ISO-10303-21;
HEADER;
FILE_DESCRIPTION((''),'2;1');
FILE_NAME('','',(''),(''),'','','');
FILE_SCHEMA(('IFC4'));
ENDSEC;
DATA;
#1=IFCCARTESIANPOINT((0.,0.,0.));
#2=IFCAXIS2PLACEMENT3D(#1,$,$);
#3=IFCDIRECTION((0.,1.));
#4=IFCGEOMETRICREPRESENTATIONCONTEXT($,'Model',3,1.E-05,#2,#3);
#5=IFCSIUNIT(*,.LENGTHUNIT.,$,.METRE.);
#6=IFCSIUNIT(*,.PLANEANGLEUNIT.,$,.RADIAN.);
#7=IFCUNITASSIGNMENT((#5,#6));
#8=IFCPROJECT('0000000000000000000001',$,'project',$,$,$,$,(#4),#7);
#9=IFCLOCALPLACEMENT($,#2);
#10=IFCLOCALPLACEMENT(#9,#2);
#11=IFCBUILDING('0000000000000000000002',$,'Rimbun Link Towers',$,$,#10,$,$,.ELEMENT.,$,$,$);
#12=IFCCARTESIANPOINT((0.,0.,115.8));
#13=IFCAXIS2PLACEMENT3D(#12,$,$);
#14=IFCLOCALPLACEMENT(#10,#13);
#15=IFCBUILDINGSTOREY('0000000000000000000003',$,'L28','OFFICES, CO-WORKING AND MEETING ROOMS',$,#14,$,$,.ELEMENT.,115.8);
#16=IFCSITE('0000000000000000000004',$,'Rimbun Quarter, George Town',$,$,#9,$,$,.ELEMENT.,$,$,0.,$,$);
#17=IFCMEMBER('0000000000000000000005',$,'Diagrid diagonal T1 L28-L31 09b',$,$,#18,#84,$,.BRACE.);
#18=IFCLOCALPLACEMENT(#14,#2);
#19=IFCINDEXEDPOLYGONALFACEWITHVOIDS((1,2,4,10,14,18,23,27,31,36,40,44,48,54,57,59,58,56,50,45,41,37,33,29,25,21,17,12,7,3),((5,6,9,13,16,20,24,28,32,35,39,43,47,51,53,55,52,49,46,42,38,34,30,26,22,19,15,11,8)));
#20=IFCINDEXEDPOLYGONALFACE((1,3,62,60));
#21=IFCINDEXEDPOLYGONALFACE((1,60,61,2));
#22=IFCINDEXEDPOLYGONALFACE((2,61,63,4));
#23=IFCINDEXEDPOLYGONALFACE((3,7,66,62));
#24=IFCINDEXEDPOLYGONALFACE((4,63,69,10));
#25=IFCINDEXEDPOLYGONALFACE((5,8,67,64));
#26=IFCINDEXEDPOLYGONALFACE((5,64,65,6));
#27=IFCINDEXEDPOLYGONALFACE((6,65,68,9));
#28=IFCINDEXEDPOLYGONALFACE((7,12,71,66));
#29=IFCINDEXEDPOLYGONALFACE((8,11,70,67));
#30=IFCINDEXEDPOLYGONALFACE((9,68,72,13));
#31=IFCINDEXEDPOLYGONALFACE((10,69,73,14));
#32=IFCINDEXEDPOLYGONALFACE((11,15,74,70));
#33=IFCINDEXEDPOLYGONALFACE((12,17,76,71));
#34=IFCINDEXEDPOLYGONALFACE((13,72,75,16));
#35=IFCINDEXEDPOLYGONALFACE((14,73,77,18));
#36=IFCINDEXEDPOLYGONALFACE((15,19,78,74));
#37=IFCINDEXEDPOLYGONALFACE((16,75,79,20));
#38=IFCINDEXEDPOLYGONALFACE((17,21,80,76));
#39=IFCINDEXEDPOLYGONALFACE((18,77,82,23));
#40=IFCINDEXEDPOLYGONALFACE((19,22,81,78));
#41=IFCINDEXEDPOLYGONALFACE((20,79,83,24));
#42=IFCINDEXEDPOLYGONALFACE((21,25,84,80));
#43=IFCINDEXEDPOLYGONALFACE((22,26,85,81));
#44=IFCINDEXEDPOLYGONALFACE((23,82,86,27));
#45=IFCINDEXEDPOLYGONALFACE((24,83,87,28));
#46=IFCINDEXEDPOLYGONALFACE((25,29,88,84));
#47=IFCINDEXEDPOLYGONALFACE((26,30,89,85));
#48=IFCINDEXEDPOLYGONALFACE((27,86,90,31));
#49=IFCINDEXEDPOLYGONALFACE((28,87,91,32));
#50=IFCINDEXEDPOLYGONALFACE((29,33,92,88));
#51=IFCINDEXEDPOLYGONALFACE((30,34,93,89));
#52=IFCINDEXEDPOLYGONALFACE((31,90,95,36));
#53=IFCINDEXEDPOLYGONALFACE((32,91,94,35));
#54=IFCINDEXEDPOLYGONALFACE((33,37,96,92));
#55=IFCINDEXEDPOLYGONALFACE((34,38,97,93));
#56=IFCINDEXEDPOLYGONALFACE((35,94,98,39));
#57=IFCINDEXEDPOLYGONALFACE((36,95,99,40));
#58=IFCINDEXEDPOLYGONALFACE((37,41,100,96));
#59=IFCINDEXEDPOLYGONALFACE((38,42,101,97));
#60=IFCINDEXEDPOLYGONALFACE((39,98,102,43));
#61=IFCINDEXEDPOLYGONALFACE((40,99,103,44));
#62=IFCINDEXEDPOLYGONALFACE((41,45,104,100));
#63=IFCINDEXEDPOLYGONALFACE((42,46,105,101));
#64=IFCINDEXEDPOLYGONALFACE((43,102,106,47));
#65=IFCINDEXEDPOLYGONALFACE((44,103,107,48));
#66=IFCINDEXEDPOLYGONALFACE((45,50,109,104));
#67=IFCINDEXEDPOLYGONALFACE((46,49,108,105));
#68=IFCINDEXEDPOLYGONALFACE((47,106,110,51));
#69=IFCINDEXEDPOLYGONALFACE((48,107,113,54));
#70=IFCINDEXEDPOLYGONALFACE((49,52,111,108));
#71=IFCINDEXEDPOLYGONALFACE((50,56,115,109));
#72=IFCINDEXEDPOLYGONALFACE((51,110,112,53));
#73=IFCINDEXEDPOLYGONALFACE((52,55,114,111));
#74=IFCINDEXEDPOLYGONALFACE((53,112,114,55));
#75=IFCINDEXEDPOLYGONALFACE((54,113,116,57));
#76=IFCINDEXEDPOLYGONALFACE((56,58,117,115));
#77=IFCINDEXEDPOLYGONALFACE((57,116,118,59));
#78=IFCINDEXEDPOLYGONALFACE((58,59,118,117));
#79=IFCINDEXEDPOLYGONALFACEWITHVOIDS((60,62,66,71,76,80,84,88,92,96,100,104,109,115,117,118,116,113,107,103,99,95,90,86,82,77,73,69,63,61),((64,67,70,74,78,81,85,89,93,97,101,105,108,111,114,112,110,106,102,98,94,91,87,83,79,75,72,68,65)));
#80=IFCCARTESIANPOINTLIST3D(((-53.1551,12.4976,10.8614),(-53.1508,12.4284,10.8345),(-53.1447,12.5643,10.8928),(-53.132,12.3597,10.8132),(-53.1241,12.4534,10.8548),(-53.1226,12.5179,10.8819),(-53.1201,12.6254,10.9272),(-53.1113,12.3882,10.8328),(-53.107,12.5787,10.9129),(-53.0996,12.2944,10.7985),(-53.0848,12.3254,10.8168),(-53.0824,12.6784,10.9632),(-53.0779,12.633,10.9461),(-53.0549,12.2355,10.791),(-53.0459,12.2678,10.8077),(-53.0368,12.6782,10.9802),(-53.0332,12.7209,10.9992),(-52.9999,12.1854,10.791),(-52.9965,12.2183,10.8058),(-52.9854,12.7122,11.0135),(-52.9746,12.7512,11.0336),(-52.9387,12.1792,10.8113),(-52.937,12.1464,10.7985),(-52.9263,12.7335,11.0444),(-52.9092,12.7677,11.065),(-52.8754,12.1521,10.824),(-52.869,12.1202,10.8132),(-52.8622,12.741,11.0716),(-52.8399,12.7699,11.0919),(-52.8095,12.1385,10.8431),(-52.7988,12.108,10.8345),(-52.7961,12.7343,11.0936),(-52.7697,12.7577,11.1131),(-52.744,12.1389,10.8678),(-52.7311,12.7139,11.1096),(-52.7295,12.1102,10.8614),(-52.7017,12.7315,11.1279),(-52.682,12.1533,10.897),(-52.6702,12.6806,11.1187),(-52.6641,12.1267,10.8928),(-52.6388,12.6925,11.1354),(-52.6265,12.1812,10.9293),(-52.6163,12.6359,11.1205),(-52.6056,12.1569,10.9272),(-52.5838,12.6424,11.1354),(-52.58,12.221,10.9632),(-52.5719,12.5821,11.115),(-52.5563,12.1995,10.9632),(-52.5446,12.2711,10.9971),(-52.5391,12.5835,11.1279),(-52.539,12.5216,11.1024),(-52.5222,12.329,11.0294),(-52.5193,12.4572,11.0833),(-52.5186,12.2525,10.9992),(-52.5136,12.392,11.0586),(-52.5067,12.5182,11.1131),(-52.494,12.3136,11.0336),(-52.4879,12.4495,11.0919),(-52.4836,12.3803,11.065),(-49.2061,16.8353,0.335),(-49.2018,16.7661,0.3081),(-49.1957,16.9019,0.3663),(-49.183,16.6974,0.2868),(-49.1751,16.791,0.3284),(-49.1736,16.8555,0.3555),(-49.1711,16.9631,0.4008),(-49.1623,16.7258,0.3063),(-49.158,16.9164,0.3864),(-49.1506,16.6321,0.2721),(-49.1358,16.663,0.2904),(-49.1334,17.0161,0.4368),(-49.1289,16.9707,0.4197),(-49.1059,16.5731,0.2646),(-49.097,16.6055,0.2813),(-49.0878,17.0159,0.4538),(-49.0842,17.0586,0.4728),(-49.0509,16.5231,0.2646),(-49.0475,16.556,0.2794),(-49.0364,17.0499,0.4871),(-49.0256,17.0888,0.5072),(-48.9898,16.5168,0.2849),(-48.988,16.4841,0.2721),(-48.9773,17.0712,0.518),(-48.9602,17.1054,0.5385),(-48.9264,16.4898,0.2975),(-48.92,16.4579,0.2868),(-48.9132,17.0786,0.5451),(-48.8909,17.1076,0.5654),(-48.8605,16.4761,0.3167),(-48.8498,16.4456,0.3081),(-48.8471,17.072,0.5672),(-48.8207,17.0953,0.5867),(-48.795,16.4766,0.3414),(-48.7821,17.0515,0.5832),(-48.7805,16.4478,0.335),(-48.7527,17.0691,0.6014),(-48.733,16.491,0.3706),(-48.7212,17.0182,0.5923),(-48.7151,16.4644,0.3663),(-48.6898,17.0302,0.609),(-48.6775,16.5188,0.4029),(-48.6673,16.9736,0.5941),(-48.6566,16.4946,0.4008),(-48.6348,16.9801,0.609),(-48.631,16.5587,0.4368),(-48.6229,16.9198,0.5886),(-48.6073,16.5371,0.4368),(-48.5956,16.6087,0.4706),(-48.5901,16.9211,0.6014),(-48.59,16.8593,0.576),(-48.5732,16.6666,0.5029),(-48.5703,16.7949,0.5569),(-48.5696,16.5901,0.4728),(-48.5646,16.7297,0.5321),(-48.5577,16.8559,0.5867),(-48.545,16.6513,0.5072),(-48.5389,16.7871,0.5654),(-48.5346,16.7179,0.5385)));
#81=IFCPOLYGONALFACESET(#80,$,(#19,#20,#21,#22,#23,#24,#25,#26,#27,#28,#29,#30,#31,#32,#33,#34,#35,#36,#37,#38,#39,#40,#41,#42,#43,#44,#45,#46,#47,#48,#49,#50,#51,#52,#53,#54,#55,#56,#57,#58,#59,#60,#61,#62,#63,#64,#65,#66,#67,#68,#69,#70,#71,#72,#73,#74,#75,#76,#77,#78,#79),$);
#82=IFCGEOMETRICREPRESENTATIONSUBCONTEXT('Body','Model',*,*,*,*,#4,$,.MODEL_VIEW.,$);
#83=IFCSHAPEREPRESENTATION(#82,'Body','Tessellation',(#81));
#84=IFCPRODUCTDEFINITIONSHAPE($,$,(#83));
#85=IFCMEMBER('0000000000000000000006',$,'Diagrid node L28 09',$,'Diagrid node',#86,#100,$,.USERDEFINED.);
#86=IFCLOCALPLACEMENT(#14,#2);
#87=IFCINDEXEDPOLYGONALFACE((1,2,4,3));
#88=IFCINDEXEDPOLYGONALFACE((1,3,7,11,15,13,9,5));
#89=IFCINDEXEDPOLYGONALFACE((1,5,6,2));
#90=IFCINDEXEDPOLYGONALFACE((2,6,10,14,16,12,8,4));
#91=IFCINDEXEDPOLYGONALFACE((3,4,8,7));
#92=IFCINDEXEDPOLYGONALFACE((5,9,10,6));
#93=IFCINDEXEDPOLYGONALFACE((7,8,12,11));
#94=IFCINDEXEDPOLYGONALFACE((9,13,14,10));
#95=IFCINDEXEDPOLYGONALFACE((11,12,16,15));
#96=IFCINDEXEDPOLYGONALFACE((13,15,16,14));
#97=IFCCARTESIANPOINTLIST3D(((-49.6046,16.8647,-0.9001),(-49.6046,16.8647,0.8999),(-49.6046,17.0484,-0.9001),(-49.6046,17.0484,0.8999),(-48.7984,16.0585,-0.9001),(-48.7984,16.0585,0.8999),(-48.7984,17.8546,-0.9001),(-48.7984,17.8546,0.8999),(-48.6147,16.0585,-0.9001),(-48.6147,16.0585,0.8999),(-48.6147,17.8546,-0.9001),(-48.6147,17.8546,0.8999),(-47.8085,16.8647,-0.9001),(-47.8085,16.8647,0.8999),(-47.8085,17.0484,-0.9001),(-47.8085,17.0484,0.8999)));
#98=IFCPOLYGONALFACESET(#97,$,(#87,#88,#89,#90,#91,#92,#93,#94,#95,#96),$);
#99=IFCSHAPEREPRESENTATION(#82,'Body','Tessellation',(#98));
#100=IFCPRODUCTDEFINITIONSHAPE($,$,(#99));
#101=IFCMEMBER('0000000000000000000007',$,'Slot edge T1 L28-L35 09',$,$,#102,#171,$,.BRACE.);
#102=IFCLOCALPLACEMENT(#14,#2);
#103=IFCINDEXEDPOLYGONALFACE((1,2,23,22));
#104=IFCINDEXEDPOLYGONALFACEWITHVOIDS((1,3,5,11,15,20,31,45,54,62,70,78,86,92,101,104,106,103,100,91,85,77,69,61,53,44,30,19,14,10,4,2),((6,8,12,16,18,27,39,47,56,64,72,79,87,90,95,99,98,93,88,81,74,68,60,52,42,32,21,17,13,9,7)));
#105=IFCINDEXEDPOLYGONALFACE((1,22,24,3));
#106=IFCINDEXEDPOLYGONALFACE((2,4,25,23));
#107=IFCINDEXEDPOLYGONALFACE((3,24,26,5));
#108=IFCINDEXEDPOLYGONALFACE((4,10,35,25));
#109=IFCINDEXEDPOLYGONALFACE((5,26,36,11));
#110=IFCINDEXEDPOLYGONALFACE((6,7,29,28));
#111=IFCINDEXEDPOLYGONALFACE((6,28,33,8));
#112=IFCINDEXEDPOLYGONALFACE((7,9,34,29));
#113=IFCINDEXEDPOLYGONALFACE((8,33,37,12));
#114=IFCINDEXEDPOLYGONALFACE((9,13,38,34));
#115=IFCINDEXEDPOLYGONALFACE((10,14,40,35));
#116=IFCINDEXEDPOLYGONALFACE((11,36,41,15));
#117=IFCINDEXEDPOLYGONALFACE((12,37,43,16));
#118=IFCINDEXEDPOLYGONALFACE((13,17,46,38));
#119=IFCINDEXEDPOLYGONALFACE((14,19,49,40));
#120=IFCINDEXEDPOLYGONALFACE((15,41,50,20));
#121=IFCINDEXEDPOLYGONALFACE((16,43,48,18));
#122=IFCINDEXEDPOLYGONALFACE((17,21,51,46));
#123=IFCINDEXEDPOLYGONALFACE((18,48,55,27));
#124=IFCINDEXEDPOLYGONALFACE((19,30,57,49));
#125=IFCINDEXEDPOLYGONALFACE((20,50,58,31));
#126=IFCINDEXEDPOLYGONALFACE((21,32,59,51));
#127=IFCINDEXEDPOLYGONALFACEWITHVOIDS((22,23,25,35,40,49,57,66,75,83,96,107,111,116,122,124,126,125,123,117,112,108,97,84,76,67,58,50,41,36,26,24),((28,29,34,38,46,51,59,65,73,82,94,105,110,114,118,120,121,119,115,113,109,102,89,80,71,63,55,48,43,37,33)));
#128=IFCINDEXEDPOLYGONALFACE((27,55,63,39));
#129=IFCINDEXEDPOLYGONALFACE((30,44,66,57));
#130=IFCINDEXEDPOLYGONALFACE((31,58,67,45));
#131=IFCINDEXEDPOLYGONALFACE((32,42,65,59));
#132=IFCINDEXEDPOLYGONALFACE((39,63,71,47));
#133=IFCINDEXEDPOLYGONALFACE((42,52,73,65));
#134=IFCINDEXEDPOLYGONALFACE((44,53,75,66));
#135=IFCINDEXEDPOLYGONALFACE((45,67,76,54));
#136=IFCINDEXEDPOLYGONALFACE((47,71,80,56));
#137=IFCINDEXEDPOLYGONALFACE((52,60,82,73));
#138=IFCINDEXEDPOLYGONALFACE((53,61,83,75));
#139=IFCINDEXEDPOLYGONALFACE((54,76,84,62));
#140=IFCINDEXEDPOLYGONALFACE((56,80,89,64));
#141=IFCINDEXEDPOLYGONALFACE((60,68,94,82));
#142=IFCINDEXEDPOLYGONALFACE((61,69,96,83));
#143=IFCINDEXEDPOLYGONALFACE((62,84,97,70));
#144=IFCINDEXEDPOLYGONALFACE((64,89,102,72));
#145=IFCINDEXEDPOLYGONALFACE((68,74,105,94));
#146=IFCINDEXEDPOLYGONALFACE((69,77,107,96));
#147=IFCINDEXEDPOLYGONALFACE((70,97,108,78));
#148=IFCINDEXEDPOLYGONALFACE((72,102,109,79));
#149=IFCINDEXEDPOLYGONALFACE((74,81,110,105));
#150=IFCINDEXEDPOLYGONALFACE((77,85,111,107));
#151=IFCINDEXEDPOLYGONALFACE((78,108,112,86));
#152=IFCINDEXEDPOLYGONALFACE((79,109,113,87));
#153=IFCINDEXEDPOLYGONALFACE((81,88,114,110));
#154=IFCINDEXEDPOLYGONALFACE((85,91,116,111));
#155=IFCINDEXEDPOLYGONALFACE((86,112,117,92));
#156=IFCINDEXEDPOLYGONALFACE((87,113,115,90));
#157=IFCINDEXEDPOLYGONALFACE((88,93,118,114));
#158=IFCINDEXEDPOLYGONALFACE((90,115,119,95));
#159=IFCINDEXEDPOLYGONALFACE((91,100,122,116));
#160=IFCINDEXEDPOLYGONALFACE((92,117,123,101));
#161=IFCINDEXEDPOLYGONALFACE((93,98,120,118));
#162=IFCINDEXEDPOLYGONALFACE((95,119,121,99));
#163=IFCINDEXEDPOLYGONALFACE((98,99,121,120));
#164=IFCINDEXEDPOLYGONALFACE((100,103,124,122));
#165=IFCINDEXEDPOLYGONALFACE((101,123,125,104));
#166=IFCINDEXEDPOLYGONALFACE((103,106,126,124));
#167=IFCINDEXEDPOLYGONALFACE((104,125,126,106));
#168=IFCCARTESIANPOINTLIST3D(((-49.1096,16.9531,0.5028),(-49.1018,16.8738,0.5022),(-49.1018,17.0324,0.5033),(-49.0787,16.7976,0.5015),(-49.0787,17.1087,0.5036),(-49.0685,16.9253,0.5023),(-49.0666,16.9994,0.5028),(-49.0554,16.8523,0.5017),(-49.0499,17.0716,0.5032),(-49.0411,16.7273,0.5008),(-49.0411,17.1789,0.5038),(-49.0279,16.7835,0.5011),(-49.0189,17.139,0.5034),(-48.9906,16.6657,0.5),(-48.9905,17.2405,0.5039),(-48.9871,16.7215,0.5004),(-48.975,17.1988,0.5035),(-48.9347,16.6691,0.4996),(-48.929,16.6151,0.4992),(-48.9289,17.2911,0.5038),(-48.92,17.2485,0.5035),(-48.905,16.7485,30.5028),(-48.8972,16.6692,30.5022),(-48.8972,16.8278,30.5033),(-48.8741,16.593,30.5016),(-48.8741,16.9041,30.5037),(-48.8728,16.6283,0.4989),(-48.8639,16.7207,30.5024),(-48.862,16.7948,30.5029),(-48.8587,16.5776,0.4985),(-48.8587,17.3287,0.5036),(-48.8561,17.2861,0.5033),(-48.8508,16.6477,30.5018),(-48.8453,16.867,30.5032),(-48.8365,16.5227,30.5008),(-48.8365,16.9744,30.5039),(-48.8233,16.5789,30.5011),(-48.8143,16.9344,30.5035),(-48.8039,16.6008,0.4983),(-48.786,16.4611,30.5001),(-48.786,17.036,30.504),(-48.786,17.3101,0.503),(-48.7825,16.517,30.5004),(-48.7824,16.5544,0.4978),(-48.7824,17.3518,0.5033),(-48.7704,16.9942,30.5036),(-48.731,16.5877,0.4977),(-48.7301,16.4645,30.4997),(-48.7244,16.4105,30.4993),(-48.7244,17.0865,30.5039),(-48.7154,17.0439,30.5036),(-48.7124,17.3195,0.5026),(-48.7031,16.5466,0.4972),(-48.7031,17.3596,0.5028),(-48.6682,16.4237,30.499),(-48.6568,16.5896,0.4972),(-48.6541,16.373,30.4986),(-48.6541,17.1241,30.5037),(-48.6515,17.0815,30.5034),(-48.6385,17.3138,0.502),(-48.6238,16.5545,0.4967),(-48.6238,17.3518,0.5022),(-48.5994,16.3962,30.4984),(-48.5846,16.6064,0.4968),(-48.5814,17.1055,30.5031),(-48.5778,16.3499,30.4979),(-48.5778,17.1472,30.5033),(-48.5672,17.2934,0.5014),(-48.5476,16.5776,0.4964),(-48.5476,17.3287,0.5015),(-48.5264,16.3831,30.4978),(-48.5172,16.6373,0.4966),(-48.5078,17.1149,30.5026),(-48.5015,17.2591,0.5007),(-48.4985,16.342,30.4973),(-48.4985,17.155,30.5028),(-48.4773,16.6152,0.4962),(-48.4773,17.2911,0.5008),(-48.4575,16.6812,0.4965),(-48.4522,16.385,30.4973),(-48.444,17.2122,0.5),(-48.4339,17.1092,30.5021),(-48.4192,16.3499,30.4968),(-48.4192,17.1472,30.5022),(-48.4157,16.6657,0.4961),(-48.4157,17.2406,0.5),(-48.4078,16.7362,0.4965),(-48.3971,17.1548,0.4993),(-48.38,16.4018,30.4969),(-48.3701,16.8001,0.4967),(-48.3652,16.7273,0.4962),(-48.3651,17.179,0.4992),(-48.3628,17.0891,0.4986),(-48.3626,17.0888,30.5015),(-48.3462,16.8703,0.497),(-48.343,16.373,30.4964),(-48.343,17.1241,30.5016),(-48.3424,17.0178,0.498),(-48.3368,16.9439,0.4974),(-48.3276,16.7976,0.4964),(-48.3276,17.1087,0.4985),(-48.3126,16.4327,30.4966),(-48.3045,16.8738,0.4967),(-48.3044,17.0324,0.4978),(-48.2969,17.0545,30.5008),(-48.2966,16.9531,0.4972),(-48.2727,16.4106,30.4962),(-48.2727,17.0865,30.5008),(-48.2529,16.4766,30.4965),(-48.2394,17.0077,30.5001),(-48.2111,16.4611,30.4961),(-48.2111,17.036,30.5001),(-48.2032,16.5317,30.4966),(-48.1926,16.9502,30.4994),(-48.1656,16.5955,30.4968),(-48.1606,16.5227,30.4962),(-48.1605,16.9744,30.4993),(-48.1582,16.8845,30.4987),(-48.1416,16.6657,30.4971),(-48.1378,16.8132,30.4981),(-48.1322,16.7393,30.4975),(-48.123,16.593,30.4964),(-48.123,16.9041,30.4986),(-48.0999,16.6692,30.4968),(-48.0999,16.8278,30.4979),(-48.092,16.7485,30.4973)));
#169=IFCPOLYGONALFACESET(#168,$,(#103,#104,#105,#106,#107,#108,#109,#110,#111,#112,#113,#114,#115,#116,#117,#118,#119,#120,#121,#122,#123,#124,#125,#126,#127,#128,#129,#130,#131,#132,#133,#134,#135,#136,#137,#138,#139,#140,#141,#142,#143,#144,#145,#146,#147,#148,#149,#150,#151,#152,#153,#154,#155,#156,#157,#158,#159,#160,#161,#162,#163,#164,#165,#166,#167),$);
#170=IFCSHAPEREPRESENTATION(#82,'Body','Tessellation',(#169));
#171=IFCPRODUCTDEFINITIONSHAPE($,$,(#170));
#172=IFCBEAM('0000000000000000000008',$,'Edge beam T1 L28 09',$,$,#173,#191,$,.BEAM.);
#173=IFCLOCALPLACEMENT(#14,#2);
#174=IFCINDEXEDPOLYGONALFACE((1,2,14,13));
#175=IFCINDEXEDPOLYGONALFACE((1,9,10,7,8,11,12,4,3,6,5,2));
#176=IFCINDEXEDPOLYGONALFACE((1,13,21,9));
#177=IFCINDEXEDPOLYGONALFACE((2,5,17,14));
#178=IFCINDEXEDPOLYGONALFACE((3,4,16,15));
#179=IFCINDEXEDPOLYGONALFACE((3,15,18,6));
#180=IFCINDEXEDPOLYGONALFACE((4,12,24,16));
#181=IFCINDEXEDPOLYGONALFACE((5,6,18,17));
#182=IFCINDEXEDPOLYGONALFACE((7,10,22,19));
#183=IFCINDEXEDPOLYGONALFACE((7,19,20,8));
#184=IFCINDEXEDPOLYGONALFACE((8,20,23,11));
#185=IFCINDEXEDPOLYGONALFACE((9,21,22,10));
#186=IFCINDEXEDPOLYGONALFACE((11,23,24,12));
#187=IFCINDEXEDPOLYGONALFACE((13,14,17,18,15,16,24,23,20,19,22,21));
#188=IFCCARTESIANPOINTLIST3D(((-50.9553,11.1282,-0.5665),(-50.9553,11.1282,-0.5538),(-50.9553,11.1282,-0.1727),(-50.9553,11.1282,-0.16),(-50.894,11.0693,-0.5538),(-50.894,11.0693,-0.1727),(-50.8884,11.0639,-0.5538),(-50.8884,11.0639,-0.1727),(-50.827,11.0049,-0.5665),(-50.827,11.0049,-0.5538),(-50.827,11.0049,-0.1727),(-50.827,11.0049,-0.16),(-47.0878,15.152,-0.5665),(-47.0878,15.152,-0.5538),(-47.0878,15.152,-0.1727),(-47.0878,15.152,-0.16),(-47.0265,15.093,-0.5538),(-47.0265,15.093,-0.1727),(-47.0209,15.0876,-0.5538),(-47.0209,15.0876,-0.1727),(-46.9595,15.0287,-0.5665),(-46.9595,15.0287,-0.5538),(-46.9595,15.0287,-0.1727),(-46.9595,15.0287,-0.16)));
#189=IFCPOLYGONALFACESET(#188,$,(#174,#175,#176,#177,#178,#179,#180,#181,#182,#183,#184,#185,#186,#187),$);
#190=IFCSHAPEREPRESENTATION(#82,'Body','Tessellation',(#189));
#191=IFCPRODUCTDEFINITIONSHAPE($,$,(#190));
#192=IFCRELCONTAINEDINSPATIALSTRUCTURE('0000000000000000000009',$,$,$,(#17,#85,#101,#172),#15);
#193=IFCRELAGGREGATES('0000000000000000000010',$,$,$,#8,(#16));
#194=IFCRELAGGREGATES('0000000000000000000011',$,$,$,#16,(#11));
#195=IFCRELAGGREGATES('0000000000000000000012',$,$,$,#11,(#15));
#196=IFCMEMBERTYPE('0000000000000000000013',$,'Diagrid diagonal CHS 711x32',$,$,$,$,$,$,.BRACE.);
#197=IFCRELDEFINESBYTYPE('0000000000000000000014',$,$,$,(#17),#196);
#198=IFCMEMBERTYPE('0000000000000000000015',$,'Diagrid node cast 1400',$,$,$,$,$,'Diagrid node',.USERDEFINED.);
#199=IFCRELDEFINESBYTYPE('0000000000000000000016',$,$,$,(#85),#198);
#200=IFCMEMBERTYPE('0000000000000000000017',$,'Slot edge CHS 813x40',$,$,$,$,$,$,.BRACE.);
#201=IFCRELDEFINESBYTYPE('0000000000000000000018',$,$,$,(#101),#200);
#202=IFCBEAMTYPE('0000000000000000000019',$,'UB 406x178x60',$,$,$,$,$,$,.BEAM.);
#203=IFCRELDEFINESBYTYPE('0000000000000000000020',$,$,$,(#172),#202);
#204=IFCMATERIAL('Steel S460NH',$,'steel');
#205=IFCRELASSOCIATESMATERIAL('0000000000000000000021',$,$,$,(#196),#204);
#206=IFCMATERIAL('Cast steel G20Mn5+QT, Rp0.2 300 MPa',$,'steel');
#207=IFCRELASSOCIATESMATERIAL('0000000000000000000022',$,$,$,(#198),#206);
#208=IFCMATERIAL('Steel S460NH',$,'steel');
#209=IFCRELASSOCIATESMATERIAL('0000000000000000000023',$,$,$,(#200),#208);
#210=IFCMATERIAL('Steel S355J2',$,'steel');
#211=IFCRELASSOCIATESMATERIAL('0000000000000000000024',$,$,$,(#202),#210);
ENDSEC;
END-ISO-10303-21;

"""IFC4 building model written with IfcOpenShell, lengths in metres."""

from ifc_helpers import new_model, si_unit, direction, frame, origin, origin_2d, place, context, subcontext, project, spatial, polyline, hollow_circle, i_section, outline, extrude, material, material_profile, profile_set, type_object, element, save


model = new_model("IFC4")

# Units and contexts
model_context = context("Model", 3, precision=1e-05, world=origin(), true_north=direction((0.0, 1.0)))
body_context = subcontext(model_context, "Body", "Model", "MODEL_VIEW")
ifc_project = project(units=[si_unit("LENGTHUNIT", "METRE"), si_unit("PLANEANGLEUNIT", "RADIAN")], contexts=[model_context])

# Site, building, storey
site_placement = place(None, origin())
site = spatial("IfcSite", under=ifc_project, at=site_placement, Name="Rimbun Quarter, George Town", CompositionType="ELEMENT", RefElevation=0.0)
building_placement = place(site_placement, origin())
building = spatial("IfcBuilding", under=site, at=building_placement, Name="Rimbun Link Towers", CompositionType="ELEMENT")
storey_placement = place(building_placement, frame((0.0, 0.0, 115.8)))
storey = spatial("IfcBuildingStorey", under=building, at=storey_placement, Name="L28", Description="OFFICES, CO-WORKING AND MEETING ROOMS", CompositionType="ELEMENT", Elevation=115.8)

# Members
ifc_material_1 = material(Name="Steel S460NH", Category="steel")
ifc_material_profile_1 = material_profile(ifc_material_1, hollow_circle(Radius=0.3557, WallThickness=0.032, at=origin_2d()), Name="Diagrid diagonal CHS 711x32")
ifc_profile_set_1 = profile_set([ifc_material_profile_1], Name="Steel S460NH")
member_type_1 = type_object("IfcMemberType", Name="Diagrid diagonal CHS 711x32", PredefinedType="BRACE", material=ifc_profile_set_1)
member_1_placement = place(storey_placement, frame((-48.8704, 16.7766, 0.4368), z_axis=(-0.327703, -0.359956, 0.873523), x_axis=(0.73946, -0.673201, 0.0)))
element("IfcMember", 1, at=member_1_placement, inside=storey, type_object=member_type_1, Name="Diagrid diagonal T1 L28-L31 09b", PredefinedType="BRACE", context=body_context, shape_type="SweptSolid", body=[
    extrude(hollow_circle(Radius=0.3557, WallThickness=0.032, at=origin_2d()), origin(), (0.0, 0.0, 1.0), 12.0505),
])
ifc_material_2 = material(Name="Cast steel G20Mn5+QT, Rp0.2 300 MPa", Category="steel")
ifc_material_profile_2 = material_profile(ifc_material_2, outline(polyline([(0.7, -0.5701), (0.7, 0.5701), (0.5701, 0.7), (-0.5701, 0.7), (-0.7, 0.5701), (-0.7, -0.5701), (-0.5701, -0.7), (0.5701, -0.7), (0.7, -0.5701)])), Name="NODE 1400x1400")
ifc_profile_set_2 = profile_set([ifc_material_profile_2], Name="Cast steel G20Mn5+QT, Rp0.2 300 MPa")
member_type_2 = type_object("IfcMemberType", Name="Diagrid node cast 1400", ElementType="Diagrid node", PredefinedType="USERDEFINED", material=ifc_profile_set_2)
member_2_placement = place(storey_placement, frame((-48.7065, 16.9565, -0.9001), z_axis=(0.0, 0.0, 1.0), x_axis=(-0.707107, 0.707107, 0.0)))
element("IfcMember", 2, at=member_2_placement, inside=storey, type_object=member_type_2, Name="Diagrid node L28 09", ObjectType="Diagrid node", PredefinedType="USERDEFINED", context=body_context, shape_type="SweptSolid", body=[
    extrude(outline(polyline([(0.7, -0.5701), (0.7, 0.5701), (0.5701, 0.7), (-0.5701, 0.7), (-0.7, 0.5701), (-0.7, -0.5701), (-0.5701, -0.7), (0.5701, -0.7), (0.7, -0.5701)])), origin(), (0.0, 0.0, 1.0), 1.8),
])
ifc_material_3 = material(Name="Steel S460NH", Category="steel")
ifc_material_profile_3 = material_profile(ifc_material_3, hollow_circle(Radius=0.4065, WallThickness=0.04, at=origin_2d()), Name="Slot edge CHS 813x40")
ifc_profile_set_3 = profile_set([ifc_material_profile_3], Name="Steel S460NH")
member_type_3 = type_object("IfcMemberType", Name="Slot edge CHS 813x40", PredefinedType="BRACE", material=ifc_profile_set_3)
member_3_placement = place(storey_placement, frame((-48.7031, 16.9531, 0.5), z_axis=(0.006819, -0.006819, 0.999953), x_axis=(0.707107, 0.707107, 0.0)))
element("IfcMember", 3, at=member_3_placement, inside=storey, type_object=member_type_3, Name="Slot edge T1 L28-L35 09", PredefinedType="BRACE", context=body_context, shape_type="SweptSolid", body=[
    extrude(hollow_circle(Radius=0.4065, WallThickness=0.04, at=origin_2d()), origin(), (0.0, 0.0, 1.0), 30.0015),
])

# Beam
ifc_material_4 = material(Name="Steel S355J2", Category="steel")
ifc_material_profile_4 = material_profile(ifc_material_4, i_section(OverallWidth=0.178, OverallDepth=0.4065, WebThickness=0.0078, FlangeThickness=0.0127, at=origin_2d()), Name="UB 406x178x60")
ifc_profile_set_4 = profile_set([ifc_material_profile_4], Name="Steel S355J2")
beam_type = type_object("IfcBeamType", Name="UB 406x178x60", PredefinedType="BEAM", material=ifc_profile_set_4)
beam_placement = place(storey_placement, frame((-47.0237, 15.0903, -0.3633), z_axis=(-0.69297, -0.720967, 0.0), x_axis=(0.720967, -0.69297, 0.0)))
element("IfcBeam", 4, at=beam_placement, inside=storey, type_object=beam_type, Name="Edge beam T1 L28 09", PredefinedType="BEAM", context=body_context, shape_type="SweptSolid", body=[
    extrude(i_section(OverallWidth=0.178, OverallDepth=0.4065, WebThickness=0.0078, FlangeThickness=0.0127, at=origin_2d()), origin(), (0.0, 0.0, 1.0), 5.5811),
])

save(model, "model.ifc")
